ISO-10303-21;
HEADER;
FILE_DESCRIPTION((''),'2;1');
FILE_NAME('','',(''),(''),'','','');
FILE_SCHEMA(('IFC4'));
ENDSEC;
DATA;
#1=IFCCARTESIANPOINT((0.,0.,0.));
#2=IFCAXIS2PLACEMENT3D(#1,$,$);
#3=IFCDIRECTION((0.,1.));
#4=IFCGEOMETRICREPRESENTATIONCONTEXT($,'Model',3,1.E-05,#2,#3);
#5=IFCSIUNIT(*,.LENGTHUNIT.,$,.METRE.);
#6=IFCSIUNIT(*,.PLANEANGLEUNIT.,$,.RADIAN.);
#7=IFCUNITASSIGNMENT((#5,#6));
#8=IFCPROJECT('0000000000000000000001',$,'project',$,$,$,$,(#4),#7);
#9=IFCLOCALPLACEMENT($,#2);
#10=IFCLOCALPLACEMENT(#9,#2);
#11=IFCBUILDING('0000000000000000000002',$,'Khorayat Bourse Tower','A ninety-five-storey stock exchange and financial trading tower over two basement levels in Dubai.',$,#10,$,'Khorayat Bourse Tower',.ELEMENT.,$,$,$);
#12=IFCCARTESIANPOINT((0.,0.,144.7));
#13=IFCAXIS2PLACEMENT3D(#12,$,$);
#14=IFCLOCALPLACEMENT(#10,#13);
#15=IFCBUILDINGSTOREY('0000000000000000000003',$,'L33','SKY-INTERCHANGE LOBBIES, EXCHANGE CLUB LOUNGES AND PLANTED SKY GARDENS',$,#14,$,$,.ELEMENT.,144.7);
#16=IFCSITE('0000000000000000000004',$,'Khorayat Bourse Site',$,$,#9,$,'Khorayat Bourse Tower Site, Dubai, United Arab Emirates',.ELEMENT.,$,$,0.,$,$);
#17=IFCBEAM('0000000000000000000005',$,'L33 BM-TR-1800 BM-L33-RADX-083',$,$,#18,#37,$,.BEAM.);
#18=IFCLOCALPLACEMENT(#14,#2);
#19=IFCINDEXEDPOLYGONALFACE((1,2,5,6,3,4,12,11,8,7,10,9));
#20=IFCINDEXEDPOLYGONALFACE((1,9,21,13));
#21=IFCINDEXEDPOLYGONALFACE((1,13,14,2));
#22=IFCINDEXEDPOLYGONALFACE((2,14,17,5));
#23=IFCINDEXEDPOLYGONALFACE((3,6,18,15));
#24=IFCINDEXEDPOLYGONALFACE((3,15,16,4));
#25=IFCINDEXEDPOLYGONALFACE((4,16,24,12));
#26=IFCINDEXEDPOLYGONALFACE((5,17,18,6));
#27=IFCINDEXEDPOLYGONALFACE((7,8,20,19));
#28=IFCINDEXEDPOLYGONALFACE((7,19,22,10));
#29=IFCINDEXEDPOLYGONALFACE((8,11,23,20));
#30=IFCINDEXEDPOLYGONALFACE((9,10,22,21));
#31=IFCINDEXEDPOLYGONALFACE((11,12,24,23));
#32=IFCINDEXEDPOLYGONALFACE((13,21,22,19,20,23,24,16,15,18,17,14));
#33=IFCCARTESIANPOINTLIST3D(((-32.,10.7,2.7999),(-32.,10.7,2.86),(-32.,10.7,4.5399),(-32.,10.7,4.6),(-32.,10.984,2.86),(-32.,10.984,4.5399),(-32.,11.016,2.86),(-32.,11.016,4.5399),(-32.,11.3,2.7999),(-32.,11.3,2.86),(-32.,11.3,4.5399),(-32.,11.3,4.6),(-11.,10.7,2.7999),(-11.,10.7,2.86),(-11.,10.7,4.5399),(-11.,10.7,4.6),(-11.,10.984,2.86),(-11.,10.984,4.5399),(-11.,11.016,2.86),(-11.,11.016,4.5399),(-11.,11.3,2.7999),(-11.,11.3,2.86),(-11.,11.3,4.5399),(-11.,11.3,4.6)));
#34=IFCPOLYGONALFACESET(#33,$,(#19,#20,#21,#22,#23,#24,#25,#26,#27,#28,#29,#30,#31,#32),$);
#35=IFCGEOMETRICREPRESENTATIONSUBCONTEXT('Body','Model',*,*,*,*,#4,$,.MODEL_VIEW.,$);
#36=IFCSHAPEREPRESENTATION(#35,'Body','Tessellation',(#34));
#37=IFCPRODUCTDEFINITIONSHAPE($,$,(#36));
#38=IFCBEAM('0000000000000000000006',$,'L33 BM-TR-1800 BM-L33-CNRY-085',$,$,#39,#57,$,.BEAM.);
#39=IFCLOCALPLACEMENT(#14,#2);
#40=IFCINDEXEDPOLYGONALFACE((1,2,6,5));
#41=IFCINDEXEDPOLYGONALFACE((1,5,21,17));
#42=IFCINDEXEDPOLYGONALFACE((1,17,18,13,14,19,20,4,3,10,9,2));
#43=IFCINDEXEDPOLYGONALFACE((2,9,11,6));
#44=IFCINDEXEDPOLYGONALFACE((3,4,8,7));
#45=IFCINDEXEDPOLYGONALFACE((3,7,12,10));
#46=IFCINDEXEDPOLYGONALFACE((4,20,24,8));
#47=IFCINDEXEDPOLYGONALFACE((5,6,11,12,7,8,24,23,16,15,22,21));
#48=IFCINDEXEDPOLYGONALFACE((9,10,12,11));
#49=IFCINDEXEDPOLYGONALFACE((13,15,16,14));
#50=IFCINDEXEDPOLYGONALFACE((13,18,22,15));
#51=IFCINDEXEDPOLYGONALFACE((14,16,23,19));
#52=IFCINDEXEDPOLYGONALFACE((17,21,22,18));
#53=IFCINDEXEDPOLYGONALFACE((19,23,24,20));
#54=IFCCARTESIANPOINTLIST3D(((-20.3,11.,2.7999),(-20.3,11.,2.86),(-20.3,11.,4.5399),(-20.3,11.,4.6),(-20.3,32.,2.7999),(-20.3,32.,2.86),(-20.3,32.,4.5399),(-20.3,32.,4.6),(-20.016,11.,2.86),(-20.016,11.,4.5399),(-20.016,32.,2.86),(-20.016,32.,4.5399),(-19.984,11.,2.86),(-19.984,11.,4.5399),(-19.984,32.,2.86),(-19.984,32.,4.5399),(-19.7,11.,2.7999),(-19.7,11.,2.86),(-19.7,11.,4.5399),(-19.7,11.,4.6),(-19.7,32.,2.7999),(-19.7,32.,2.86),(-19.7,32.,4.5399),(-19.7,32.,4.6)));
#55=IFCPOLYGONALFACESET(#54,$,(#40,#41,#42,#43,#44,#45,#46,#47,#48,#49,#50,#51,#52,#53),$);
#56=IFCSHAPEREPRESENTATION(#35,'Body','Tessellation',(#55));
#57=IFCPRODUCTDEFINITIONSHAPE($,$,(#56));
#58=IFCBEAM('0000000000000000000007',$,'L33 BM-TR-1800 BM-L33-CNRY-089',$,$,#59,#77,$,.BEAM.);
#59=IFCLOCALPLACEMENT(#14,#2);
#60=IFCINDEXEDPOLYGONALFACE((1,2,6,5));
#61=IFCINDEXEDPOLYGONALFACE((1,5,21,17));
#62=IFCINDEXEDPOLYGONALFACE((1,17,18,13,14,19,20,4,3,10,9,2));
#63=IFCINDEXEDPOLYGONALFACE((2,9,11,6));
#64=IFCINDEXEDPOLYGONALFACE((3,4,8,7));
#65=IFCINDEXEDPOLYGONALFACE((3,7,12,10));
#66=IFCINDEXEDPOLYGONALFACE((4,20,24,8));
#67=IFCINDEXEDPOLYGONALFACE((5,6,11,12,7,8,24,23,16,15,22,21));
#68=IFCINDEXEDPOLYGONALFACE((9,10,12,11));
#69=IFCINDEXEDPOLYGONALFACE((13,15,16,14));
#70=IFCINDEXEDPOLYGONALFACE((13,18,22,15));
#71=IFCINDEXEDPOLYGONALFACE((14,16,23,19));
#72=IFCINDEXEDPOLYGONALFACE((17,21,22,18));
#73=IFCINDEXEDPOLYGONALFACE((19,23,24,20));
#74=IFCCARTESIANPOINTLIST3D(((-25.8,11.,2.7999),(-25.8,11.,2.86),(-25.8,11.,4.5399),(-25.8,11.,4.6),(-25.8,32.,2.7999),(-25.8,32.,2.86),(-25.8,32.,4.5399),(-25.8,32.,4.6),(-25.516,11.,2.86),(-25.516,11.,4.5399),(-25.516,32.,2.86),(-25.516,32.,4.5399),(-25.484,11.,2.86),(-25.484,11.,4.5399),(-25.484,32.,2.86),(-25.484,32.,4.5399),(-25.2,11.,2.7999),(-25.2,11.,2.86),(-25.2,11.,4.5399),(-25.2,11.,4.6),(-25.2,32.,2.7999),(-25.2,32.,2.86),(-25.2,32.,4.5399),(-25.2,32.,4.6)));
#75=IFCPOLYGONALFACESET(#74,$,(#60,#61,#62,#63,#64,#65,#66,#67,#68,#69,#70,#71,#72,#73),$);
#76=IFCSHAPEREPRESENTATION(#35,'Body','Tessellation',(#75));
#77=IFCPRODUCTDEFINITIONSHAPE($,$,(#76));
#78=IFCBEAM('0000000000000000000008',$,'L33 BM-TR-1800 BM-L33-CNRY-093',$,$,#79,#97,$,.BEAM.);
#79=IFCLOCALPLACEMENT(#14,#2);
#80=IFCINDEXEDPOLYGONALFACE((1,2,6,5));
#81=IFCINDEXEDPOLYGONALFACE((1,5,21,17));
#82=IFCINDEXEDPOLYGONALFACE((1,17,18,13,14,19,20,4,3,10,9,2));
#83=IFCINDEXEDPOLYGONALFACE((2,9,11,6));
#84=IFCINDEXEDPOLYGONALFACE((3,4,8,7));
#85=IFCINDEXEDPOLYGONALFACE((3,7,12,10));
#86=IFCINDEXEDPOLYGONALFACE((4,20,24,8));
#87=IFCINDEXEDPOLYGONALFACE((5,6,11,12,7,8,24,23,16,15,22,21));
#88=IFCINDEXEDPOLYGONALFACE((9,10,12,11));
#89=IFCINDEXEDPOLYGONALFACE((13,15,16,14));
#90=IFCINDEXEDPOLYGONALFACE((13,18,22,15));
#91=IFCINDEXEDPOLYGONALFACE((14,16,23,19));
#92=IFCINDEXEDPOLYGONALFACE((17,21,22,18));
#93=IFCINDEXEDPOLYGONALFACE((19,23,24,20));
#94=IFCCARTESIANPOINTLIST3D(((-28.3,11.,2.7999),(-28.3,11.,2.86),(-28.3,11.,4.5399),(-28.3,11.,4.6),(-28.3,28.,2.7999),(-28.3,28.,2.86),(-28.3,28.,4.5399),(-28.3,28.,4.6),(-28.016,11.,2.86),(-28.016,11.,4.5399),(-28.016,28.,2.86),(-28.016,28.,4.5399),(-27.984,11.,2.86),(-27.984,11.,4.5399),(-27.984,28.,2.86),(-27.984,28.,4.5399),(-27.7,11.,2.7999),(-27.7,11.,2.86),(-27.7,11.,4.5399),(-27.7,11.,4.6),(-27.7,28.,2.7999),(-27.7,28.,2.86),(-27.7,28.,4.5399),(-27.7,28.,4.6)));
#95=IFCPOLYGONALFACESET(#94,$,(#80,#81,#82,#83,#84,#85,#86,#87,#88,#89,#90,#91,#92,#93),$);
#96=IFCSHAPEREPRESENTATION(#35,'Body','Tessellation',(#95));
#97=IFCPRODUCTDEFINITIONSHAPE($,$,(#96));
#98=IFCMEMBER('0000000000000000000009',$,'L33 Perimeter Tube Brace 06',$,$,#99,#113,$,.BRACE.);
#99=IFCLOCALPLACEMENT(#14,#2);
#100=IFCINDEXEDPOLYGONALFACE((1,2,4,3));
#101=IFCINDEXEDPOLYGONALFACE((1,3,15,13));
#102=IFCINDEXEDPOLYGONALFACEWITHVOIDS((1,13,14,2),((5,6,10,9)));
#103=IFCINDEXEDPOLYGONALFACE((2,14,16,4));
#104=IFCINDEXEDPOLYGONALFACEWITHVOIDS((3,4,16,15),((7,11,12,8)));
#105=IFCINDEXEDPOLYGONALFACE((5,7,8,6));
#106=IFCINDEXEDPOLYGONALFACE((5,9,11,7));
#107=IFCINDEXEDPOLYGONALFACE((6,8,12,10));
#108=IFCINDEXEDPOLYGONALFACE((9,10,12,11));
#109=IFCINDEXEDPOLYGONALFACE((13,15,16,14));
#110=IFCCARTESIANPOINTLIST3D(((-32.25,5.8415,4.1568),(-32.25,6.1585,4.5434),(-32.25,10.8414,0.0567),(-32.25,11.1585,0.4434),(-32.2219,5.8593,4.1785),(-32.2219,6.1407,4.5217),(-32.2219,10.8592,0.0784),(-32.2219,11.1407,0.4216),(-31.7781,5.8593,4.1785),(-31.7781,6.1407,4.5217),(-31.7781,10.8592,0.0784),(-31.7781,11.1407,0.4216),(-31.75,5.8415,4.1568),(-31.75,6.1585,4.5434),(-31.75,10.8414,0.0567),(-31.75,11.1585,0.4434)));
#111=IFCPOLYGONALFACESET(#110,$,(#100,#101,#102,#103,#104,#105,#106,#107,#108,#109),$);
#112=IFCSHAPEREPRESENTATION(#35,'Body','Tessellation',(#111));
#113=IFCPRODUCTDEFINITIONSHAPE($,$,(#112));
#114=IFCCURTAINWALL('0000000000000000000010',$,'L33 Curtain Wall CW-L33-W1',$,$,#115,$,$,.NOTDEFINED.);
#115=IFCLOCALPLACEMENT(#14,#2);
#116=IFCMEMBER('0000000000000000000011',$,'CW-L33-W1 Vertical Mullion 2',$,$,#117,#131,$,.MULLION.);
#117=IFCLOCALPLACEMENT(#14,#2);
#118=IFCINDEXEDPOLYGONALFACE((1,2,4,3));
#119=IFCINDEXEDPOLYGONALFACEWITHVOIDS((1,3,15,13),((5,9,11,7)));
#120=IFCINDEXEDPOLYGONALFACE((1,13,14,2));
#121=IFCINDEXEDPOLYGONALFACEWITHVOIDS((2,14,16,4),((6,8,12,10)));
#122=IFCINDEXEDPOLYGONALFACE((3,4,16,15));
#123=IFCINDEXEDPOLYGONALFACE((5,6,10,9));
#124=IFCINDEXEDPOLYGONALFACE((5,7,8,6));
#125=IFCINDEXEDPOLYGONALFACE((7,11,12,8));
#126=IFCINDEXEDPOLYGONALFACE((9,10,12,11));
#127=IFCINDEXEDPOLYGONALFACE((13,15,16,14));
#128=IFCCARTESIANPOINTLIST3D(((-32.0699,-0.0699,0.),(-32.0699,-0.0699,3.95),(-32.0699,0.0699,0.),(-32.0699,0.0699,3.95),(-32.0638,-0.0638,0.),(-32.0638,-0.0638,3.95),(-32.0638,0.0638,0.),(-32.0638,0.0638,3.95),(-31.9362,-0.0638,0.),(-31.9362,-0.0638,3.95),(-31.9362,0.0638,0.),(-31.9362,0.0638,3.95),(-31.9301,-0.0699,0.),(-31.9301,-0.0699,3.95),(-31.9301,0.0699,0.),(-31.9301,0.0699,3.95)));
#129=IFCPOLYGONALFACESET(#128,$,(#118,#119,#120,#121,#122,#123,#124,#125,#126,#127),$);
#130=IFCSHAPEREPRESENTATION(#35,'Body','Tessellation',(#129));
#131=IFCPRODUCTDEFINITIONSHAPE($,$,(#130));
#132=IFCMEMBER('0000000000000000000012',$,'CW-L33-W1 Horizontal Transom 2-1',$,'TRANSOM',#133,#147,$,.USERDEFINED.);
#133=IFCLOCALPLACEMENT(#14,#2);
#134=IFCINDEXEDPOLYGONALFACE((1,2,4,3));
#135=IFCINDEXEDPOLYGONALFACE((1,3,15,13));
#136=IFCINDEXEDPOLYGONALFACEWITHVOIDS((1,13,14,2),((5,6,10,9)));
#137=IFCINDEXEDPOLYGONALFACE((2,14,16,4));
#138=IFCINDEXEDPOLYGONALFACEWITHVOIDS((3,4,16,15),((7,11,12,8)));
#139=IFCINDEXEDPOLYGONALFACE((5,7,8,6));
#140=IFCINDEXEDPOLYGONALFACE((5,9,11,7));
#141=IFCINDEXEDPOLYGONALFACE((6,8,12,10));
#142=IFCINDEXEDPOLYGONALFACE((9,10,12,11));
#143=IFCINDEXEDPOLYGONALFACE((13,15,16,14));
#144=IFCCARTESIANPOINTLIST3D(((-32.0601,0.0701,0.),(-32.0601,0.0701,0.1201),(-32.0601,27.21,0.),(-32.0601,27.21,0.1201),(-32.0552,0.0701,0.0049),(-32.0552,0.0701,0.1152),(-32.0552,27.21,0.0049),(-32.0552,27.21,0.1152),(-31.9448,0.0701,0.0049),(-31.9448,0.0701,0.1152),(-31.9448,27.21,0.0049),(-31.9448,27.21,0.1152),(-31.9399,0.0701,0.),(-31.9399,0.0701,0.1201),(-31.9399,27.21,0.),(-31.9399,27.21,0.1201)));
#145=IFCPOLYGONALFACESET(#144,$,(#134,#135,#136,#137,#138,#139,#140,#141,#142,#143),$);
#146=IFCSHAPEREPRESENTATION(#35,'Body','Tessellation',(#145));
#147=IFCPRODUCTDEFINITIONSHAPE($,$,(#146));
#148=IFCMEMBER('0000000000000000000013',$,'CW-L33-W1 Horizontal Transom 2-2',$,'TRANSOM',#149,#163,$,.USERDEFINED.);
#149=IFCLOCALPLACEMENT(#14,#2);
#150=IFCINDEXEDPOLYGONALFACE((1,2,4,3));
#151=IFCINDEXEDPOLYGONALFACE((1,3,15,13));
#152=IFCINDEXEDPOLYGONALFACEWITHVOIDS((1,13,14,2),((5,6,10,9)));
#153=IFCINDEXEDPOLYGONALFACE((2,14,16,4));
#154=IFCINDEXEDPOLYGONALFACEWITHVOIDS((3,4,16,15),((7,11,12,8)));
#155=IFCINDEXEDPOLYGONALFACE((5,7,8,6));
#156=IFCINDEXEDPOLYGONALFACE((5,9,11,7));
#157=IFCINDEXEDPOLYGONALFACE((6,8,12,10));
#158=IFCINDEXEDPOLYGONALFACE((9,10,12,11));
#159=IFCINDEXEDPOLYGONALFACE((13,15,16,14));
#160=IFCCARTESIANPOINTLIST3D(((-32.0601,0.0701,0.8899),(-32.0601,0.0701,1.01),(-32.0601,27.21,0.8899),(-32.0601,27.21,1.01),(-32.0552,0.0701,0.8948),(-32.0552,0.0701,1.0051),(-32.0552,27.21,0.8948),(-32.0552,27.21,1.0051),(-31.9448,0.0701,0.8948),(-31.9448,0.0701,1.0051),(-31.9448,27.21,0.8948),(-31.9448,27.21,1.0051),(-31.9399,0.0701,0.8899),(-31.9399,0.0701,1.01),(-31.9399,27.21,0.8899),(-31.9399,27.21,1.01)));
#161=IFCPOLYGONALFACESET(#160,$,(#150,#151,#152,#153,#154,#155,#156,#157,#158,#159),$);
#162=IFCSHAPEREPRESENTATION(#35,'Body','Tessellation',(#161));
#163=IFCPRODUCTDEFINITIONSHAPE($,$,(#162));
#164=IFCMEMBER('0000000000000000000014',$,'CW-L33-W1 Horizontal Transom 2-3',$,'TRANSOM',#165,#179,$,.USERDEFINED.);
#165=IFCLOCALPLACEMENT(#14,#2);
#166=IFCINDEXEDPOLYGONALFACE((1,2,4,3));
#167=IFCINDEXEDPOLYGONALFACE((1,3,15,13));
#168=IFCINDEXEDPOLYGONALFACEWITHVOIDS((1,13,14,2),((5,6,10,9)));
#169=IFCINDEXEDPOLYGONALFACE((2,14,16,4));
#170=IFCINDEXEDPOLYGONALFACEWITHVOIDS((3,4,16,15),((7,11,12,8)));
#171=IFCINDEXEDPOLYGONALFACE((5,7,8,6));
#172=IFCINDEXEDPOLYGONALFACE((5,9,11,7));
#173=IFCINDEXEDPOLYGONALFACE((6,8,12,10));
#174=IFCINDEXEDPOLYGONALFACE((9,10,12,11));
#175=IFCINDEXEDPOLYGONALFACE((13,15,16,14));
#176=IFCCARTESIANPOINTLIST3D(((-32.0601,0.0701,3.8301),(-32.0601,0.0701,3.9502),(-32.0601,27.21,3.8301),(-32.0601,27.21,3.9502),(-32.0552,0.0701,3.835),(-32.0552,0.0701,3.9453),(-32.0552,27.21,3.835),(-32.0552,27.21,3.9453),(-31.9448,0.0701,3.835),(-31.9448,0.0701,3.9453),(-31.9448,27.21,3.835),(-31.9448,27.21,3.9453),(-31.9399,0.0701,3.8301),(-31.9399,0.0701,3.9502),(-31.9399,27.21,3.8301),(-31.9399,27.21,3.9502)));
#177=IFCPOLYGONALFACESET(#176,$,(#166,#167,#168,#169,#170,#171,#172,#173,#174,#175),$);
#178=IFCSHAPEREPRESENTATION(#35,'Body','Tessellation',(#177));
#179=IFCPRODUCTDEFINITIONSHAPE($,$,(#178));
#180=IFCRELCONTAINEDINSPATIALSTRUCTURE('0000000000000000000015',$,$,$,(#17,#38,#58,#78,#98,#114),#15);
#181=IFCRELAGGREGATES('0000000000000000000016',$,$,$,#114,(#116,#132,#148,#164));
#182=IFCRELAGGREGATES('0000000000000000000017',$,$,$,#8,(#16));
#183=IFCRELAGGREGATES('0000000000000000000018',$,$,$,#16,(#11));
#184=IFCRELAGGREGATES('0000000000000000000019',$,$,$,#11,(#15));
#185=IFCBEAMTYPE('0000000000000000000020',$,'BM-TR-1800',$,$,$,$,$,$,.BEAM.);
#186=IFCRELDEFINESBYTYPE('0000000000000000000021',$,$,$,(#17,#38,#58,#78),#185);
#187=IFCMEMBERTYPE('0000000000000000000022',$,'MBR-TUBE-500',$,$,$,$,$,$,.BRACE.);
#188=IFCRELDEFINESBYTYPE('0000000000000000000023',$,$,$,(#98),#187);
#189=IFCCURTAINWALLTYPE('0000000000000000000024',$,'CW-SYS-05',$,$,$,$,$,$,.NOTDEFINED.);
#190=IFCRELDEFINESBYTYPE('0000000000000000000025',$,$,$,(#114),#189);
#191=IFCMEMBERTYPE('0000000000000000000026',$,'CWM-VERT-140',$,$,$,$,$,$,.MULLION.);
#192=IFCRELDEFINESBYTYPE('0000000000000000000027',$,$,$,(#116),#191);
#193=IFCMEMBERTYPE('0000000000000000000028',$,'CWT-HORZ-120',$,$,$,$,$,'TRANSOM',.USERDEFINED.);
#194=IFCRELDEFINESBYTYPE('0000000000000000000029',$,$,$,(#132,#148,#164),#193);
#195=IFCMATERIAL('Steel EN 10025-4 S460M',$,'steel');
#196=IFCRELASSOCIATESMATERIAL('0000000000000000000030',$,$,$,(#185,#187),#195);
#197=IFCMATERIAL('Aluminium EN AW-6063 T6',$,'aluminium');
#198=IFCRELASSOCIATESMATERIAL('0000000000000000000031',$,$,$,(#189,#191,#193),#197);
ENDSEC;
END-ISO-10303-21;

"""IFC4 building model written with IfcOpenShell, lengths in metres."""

from ifc_helpers import new_model, si_unit, direction, frame, origin, origin_2d, place, context, subcontext, project, spatial, hollow_rectangle, i_section, extrude, source, transform, mapped, material, material_profile, profile_set, type_object, element, aggregate, save


model = new_model("IFC4")

# Units and contexts
model_context = context("Model", 3, precision=1e-05, world=origin(), true_north=direction((0.0, 1.0)))
body_context = subcontext(model_context, "Body", "Model", "MODEL_VIEW")
ifc_project = project(units=[si_unit("LENGTHUNIT", "METRE"), si_unit("PLANEANGLEUNIT", "RADIAN")], contexts=[model_context])

# Site, building, storey
site_placement = place(None, origin())
site = spatial("IfcSite", under=ifc_project, at=site_placement, Name="Khorayat Bourse Site", LongName="Khorayat Bourse Tower Site, Dubai, United Arab Emirates", CompositionType="ELEMENT", RefElevation=0.0)
building_placement = place(site_placement, origin())
building = spatial("IfcBuilding", under=site, at=building_placement, Name="Khorayat Bourse Tower", Description="A ninety-five-storey stock exchange and financial trading tower over two basement levels in Dubai.", LongName="Khorayat Bourse Tower", CompositionType="ELEMENT")
storey_placement = place(building_placement, frame((0.0, 0.0, 144.7)))
storey = spatial("IfcBuildingStorey", under=building, at=storey_placement, Name="L33", Description="SKY-INTERCHANGE LOBBIES, EXCHANGE CLUB LOUNGES AND PLANTED SKY GARDENS", CompositionType="ELEMENT", Elevation=144.7)

# Shared definitions
ifc_material_1 = material(Name="Steel EN 10025-4 S460M", Category="steel")

# Beams
ifc_material_profile_1 = material_profile(ifc_material_1, i_section(OverallWidth=0.6001, OverallDepth=1.8, WebThickness=0.032, FlangeThickness=0.0601, at=origin_2d()), Name="PG 1800x600x32x60")
ifc_profile_set_1 = profile_set([ifc_material_profile_1], Name="Steel EN 10025-4 S460M")
beam_type_1 = type_object("IfcBeamType", Name="BM-TR-1800", PredefinedType="BEAM", material=ifc_profile_set_1)
shared_shape_1 = source(origin(), body_context, "Body", "SweptSolid", [
    extrude(i_section(OverallWidth=0.6001, OverallDepth=1.8, WebThickness=0.032, FlangeThickness=0.0601, at=origin_2d()), origin(), (0.0, 0.0, 1.0), 21.0),
])
for number, where, z_axis, x_axis, name in (
    (1, (-32.0, 11.0, 3.7), (1.0, 0.0, 0.0), (0.0, 1.0, 0.0), "L33 BM-TR-1800 BM-L33-RADX-083"),
    (2, (-20.0, 11.0, 3.7), (0.0, 1.0, 0.0), (-1.0, 0.0, 0.0), "L33 BM-TR-1800 BM-L33-CNRY-085"),
    (3, (-25.5, 11.0, 3.7), (0.0, 1.0, 0.0), (-1.0, 0.0, 0.0), "L33 BM-TR-1800 BM-L33-CNRY-089"),
):
    element("IfcBeam", number, at=place(storey_placement, frame(where, z_axis=z_axis, x_axis=x_axis)), inside=storey, type_object=beam_type_1, Name=name, PredefinedType="BEAM", context=body_context, shape_type="MappedRepresentation", body=[
        mapped(shared_shape_1, transform((0.0, 0.0, 0.0), scale=1.0)),
    ])
shared_shape_2 = source(origin(), body_context, "Body", "SweptSolid", [
    extrude(i_section(OverallWidth=0.6001, OverallDepth=1.8, WebThickness=0.032, FlangeThickness=0.0601, at=origin_2d()), origin(), (0.0, 0.0, 1.0), 17.0),
])
beam_1_placement = place(storey_placement, frame((-28.0, 11.0, 3.7), z_axis=(0.0, 1.0, 0.0), x_axis=(-1.0, 0.0, 0.0)))
element("IfcBeam", 4, at=beam_1_placement, inside=storey, type_object=beam_type_1, Name="L33 BM-TR-1800 BM-L33-CNRY-093", PredefinedType="BEAM", context=body_context, shape_type="MappedRepresentation", body=[
    mapped(shared_shape_2, transform((0.0, 0.0, 0.0), scale=1.0)),
])

# Member
ifc_material_profile_2 = material_profile(ifc_material_1, hollow_rectangle(XDim=0.5, YDim=0.5, WallThickness=0.0281, at=origin_2d()), Name="HSS 500x500x28")
ifc_profile_set_2 = profile_set([ifc_material_profile_2], Name="Steel EN 10025-4 S460M")
member_type_1 = type_object("IfcMemberType", Name="MBR-TUBE-500", PredefinedType="BRACE", material=ifc_profile_set_2)
shared_shape_3 = source(origin(), body_context, "Body", "SweptSolid", [
    extrude(hollow_rectangle(XDim=0.5, YDim=0.5, WallThickness=0.0281, at=origin_2d()), origin(), (0.0, 0.0, 1.0), 6.4661),
])
member_1_placement = place(storey_placement, frame((-32.0, 6.0, 4.3501), z_axis=(0.0, 0.77326, -0.634089), x_axis=(-1.0, 0.0, 0.0)))
element("IfcMember", 5, at=member_1_placement, inside=storey, type_object=member_type_1, Name="L33 Perimeter Tube Brace 06", PredefinedType="BRACE", context=body_context, shape_type="MappedRepresentation", body=[
    mapped(shared_shape_3, transform((0.0, 0.0, 0.0), scale=1.0)),
])

# Curtain wall, members
ifc_material_2 = material(Name="Aluminium EN AW-6063 T6", Category="aluminium")
curtain_wall_type = type_object("IfcCurtainWallType", Name="CW-SYS-05", PredefinedType="NOTDEFINED", material=ifc_material_2)
curtain_wall_placement = place(storey_placement, origin())
curtain_wall = element("IfcCurtainWall", 6, at=curtain_wall_placement, inside=storey, type_object=curtain_wall_type, Name="L33 Curtain Wall CW-L33-W1", PredefinedType="NOTDEFINED")
ifc_material_profile_3 = material_profile(ifc_material_2, hollow_rectangle(XDim=0.1399, YDim=0.1399, WallThickness=0.0061, at=origin_2d()), Name="ALU 140x140x6")
ifc_profile_set_3 = profile_set([ifc_material_profile_3], Name="Aluminium EN AW-6063 T6")
member_type_2 = type_object("IfcMemberType", Name="CWM-VERT-140", PredefinedType="MULLION", material=ifc_profile_set_3)
shared_shape_4 = source(origin(), body_context, "Body", "SweptSolid", [
    extrude(hollow_rectangle(XDim=0.1399, YDim=0.1399, WallThickness=0.0061, at=origin_2d()), origin(), (0.0, 0.0, 1.0), 3.95),
])
member_2_placement = place(storey_placement, frame((-32.0, 0.0, 0.0), z_axis=(0.0, 0.0, 1.0), x_axis=(-1.0, 0.0, 0.0)))
member_2 = element("IfcMember", 7, at=member_2_placement, type_object=member_type_2, Name="CW-L33-W1 Vertical Mullion 2", PredefinedType="MULLION", context=body_context, shape_type="MappedRepresentation", body=[
    mapped(shared_shape_4, transform((0.0, 0.0, 0.0), scale=1.0)),
])
ifc_material_profile_4 = material_profile(ifc_material_2, hollow_rectangle(XDim=0.1201, YDim=0.1201, WallThickness=0.0049, at=origin_2d()), Name="ALU 120x120x5")
ifc_profile_set_4 = profile_set([ifc_material_profile_4], Name="Aluminium EN AW-6063 T6")
member_type_3 = type_object("IfcMemberType", Name="CWT-HORZ-120", ElementType="TRANSOM", PredefinedType="USERDEFINED", material=ifc_profile_set_4)
shared_shape_5 = source(origin(), body_context, "Body", "SweptSolid", [
    extrude(hollow_rectangle(XDim=0.1201, YDim=0.1201, WallThickness=0.0049, at=origin_2d()), origin(), (0.0, 0.0, 1.0), 27.1399),
])
member_3_placement = place(storey_placement, frame((-32.0, 0.0701, 0.0601), z_axis=(0.0, 1.0, 0.0), x_axis=(-1.0, 0.0, 0.0)))
member_3 = element("IfcMember", 8, at=member_3_placement, type_object=member_type_3, Name="CW-L33-W1 Horizontal Transom 2-1", ObjectType="TRANSOM", PredefinedType="USERDEFINED", context=body_context, shape_type="MappedRepresentation", body=[
    mapped(shared_shape_5, transform((0.0, 0.0, 0.0), scale=1.0)),
])
member_4_placement = place(storey_placement, frame((-32.0, 0.0701, 0.95), z_axis=(0.0, 1.0, 0.0), x_axis=(-1.0, 0.0, 0.0)))
member_4 = element("IfcMember", 9, at=member_4_placement, type_object=member_type_3, Name="CW-L33-W1 Horizontal Transom 2-2", ObjectType="TRANSOM", PredefinedType="USERDEFINED", context=body_context, shape_type="MappedRepresentation", body=[
    mapped(shared_shape_5, transform((0.0, 0.0, 0.0), scale=1.0)),
])
member_5_placement = place(storey_placement, frame((-32.0, 0.0701, 3.8901), z_axis=(0.0, 1.0, 0.0), x_axis=(-1.0, 0.0, 0.0)))
member_5 = element("IfcMember", 10, at=member_5_placement, type_object=member_type_3, Name="CW-L33-W1 Horizontal Transom 2-3", ObjectType="TRANSOM", PredefinedType="USERDEFINED", context=body_context, shape_type="MappedRepresentation", body=[
    mapped(shared_shape_5, transform((0.0, 0.0, 0.0), scale=1.0)),
])
aggregate(curtain_wall, [member_2, member_3, member_4, member_5])

save(model, "model.ifc")
